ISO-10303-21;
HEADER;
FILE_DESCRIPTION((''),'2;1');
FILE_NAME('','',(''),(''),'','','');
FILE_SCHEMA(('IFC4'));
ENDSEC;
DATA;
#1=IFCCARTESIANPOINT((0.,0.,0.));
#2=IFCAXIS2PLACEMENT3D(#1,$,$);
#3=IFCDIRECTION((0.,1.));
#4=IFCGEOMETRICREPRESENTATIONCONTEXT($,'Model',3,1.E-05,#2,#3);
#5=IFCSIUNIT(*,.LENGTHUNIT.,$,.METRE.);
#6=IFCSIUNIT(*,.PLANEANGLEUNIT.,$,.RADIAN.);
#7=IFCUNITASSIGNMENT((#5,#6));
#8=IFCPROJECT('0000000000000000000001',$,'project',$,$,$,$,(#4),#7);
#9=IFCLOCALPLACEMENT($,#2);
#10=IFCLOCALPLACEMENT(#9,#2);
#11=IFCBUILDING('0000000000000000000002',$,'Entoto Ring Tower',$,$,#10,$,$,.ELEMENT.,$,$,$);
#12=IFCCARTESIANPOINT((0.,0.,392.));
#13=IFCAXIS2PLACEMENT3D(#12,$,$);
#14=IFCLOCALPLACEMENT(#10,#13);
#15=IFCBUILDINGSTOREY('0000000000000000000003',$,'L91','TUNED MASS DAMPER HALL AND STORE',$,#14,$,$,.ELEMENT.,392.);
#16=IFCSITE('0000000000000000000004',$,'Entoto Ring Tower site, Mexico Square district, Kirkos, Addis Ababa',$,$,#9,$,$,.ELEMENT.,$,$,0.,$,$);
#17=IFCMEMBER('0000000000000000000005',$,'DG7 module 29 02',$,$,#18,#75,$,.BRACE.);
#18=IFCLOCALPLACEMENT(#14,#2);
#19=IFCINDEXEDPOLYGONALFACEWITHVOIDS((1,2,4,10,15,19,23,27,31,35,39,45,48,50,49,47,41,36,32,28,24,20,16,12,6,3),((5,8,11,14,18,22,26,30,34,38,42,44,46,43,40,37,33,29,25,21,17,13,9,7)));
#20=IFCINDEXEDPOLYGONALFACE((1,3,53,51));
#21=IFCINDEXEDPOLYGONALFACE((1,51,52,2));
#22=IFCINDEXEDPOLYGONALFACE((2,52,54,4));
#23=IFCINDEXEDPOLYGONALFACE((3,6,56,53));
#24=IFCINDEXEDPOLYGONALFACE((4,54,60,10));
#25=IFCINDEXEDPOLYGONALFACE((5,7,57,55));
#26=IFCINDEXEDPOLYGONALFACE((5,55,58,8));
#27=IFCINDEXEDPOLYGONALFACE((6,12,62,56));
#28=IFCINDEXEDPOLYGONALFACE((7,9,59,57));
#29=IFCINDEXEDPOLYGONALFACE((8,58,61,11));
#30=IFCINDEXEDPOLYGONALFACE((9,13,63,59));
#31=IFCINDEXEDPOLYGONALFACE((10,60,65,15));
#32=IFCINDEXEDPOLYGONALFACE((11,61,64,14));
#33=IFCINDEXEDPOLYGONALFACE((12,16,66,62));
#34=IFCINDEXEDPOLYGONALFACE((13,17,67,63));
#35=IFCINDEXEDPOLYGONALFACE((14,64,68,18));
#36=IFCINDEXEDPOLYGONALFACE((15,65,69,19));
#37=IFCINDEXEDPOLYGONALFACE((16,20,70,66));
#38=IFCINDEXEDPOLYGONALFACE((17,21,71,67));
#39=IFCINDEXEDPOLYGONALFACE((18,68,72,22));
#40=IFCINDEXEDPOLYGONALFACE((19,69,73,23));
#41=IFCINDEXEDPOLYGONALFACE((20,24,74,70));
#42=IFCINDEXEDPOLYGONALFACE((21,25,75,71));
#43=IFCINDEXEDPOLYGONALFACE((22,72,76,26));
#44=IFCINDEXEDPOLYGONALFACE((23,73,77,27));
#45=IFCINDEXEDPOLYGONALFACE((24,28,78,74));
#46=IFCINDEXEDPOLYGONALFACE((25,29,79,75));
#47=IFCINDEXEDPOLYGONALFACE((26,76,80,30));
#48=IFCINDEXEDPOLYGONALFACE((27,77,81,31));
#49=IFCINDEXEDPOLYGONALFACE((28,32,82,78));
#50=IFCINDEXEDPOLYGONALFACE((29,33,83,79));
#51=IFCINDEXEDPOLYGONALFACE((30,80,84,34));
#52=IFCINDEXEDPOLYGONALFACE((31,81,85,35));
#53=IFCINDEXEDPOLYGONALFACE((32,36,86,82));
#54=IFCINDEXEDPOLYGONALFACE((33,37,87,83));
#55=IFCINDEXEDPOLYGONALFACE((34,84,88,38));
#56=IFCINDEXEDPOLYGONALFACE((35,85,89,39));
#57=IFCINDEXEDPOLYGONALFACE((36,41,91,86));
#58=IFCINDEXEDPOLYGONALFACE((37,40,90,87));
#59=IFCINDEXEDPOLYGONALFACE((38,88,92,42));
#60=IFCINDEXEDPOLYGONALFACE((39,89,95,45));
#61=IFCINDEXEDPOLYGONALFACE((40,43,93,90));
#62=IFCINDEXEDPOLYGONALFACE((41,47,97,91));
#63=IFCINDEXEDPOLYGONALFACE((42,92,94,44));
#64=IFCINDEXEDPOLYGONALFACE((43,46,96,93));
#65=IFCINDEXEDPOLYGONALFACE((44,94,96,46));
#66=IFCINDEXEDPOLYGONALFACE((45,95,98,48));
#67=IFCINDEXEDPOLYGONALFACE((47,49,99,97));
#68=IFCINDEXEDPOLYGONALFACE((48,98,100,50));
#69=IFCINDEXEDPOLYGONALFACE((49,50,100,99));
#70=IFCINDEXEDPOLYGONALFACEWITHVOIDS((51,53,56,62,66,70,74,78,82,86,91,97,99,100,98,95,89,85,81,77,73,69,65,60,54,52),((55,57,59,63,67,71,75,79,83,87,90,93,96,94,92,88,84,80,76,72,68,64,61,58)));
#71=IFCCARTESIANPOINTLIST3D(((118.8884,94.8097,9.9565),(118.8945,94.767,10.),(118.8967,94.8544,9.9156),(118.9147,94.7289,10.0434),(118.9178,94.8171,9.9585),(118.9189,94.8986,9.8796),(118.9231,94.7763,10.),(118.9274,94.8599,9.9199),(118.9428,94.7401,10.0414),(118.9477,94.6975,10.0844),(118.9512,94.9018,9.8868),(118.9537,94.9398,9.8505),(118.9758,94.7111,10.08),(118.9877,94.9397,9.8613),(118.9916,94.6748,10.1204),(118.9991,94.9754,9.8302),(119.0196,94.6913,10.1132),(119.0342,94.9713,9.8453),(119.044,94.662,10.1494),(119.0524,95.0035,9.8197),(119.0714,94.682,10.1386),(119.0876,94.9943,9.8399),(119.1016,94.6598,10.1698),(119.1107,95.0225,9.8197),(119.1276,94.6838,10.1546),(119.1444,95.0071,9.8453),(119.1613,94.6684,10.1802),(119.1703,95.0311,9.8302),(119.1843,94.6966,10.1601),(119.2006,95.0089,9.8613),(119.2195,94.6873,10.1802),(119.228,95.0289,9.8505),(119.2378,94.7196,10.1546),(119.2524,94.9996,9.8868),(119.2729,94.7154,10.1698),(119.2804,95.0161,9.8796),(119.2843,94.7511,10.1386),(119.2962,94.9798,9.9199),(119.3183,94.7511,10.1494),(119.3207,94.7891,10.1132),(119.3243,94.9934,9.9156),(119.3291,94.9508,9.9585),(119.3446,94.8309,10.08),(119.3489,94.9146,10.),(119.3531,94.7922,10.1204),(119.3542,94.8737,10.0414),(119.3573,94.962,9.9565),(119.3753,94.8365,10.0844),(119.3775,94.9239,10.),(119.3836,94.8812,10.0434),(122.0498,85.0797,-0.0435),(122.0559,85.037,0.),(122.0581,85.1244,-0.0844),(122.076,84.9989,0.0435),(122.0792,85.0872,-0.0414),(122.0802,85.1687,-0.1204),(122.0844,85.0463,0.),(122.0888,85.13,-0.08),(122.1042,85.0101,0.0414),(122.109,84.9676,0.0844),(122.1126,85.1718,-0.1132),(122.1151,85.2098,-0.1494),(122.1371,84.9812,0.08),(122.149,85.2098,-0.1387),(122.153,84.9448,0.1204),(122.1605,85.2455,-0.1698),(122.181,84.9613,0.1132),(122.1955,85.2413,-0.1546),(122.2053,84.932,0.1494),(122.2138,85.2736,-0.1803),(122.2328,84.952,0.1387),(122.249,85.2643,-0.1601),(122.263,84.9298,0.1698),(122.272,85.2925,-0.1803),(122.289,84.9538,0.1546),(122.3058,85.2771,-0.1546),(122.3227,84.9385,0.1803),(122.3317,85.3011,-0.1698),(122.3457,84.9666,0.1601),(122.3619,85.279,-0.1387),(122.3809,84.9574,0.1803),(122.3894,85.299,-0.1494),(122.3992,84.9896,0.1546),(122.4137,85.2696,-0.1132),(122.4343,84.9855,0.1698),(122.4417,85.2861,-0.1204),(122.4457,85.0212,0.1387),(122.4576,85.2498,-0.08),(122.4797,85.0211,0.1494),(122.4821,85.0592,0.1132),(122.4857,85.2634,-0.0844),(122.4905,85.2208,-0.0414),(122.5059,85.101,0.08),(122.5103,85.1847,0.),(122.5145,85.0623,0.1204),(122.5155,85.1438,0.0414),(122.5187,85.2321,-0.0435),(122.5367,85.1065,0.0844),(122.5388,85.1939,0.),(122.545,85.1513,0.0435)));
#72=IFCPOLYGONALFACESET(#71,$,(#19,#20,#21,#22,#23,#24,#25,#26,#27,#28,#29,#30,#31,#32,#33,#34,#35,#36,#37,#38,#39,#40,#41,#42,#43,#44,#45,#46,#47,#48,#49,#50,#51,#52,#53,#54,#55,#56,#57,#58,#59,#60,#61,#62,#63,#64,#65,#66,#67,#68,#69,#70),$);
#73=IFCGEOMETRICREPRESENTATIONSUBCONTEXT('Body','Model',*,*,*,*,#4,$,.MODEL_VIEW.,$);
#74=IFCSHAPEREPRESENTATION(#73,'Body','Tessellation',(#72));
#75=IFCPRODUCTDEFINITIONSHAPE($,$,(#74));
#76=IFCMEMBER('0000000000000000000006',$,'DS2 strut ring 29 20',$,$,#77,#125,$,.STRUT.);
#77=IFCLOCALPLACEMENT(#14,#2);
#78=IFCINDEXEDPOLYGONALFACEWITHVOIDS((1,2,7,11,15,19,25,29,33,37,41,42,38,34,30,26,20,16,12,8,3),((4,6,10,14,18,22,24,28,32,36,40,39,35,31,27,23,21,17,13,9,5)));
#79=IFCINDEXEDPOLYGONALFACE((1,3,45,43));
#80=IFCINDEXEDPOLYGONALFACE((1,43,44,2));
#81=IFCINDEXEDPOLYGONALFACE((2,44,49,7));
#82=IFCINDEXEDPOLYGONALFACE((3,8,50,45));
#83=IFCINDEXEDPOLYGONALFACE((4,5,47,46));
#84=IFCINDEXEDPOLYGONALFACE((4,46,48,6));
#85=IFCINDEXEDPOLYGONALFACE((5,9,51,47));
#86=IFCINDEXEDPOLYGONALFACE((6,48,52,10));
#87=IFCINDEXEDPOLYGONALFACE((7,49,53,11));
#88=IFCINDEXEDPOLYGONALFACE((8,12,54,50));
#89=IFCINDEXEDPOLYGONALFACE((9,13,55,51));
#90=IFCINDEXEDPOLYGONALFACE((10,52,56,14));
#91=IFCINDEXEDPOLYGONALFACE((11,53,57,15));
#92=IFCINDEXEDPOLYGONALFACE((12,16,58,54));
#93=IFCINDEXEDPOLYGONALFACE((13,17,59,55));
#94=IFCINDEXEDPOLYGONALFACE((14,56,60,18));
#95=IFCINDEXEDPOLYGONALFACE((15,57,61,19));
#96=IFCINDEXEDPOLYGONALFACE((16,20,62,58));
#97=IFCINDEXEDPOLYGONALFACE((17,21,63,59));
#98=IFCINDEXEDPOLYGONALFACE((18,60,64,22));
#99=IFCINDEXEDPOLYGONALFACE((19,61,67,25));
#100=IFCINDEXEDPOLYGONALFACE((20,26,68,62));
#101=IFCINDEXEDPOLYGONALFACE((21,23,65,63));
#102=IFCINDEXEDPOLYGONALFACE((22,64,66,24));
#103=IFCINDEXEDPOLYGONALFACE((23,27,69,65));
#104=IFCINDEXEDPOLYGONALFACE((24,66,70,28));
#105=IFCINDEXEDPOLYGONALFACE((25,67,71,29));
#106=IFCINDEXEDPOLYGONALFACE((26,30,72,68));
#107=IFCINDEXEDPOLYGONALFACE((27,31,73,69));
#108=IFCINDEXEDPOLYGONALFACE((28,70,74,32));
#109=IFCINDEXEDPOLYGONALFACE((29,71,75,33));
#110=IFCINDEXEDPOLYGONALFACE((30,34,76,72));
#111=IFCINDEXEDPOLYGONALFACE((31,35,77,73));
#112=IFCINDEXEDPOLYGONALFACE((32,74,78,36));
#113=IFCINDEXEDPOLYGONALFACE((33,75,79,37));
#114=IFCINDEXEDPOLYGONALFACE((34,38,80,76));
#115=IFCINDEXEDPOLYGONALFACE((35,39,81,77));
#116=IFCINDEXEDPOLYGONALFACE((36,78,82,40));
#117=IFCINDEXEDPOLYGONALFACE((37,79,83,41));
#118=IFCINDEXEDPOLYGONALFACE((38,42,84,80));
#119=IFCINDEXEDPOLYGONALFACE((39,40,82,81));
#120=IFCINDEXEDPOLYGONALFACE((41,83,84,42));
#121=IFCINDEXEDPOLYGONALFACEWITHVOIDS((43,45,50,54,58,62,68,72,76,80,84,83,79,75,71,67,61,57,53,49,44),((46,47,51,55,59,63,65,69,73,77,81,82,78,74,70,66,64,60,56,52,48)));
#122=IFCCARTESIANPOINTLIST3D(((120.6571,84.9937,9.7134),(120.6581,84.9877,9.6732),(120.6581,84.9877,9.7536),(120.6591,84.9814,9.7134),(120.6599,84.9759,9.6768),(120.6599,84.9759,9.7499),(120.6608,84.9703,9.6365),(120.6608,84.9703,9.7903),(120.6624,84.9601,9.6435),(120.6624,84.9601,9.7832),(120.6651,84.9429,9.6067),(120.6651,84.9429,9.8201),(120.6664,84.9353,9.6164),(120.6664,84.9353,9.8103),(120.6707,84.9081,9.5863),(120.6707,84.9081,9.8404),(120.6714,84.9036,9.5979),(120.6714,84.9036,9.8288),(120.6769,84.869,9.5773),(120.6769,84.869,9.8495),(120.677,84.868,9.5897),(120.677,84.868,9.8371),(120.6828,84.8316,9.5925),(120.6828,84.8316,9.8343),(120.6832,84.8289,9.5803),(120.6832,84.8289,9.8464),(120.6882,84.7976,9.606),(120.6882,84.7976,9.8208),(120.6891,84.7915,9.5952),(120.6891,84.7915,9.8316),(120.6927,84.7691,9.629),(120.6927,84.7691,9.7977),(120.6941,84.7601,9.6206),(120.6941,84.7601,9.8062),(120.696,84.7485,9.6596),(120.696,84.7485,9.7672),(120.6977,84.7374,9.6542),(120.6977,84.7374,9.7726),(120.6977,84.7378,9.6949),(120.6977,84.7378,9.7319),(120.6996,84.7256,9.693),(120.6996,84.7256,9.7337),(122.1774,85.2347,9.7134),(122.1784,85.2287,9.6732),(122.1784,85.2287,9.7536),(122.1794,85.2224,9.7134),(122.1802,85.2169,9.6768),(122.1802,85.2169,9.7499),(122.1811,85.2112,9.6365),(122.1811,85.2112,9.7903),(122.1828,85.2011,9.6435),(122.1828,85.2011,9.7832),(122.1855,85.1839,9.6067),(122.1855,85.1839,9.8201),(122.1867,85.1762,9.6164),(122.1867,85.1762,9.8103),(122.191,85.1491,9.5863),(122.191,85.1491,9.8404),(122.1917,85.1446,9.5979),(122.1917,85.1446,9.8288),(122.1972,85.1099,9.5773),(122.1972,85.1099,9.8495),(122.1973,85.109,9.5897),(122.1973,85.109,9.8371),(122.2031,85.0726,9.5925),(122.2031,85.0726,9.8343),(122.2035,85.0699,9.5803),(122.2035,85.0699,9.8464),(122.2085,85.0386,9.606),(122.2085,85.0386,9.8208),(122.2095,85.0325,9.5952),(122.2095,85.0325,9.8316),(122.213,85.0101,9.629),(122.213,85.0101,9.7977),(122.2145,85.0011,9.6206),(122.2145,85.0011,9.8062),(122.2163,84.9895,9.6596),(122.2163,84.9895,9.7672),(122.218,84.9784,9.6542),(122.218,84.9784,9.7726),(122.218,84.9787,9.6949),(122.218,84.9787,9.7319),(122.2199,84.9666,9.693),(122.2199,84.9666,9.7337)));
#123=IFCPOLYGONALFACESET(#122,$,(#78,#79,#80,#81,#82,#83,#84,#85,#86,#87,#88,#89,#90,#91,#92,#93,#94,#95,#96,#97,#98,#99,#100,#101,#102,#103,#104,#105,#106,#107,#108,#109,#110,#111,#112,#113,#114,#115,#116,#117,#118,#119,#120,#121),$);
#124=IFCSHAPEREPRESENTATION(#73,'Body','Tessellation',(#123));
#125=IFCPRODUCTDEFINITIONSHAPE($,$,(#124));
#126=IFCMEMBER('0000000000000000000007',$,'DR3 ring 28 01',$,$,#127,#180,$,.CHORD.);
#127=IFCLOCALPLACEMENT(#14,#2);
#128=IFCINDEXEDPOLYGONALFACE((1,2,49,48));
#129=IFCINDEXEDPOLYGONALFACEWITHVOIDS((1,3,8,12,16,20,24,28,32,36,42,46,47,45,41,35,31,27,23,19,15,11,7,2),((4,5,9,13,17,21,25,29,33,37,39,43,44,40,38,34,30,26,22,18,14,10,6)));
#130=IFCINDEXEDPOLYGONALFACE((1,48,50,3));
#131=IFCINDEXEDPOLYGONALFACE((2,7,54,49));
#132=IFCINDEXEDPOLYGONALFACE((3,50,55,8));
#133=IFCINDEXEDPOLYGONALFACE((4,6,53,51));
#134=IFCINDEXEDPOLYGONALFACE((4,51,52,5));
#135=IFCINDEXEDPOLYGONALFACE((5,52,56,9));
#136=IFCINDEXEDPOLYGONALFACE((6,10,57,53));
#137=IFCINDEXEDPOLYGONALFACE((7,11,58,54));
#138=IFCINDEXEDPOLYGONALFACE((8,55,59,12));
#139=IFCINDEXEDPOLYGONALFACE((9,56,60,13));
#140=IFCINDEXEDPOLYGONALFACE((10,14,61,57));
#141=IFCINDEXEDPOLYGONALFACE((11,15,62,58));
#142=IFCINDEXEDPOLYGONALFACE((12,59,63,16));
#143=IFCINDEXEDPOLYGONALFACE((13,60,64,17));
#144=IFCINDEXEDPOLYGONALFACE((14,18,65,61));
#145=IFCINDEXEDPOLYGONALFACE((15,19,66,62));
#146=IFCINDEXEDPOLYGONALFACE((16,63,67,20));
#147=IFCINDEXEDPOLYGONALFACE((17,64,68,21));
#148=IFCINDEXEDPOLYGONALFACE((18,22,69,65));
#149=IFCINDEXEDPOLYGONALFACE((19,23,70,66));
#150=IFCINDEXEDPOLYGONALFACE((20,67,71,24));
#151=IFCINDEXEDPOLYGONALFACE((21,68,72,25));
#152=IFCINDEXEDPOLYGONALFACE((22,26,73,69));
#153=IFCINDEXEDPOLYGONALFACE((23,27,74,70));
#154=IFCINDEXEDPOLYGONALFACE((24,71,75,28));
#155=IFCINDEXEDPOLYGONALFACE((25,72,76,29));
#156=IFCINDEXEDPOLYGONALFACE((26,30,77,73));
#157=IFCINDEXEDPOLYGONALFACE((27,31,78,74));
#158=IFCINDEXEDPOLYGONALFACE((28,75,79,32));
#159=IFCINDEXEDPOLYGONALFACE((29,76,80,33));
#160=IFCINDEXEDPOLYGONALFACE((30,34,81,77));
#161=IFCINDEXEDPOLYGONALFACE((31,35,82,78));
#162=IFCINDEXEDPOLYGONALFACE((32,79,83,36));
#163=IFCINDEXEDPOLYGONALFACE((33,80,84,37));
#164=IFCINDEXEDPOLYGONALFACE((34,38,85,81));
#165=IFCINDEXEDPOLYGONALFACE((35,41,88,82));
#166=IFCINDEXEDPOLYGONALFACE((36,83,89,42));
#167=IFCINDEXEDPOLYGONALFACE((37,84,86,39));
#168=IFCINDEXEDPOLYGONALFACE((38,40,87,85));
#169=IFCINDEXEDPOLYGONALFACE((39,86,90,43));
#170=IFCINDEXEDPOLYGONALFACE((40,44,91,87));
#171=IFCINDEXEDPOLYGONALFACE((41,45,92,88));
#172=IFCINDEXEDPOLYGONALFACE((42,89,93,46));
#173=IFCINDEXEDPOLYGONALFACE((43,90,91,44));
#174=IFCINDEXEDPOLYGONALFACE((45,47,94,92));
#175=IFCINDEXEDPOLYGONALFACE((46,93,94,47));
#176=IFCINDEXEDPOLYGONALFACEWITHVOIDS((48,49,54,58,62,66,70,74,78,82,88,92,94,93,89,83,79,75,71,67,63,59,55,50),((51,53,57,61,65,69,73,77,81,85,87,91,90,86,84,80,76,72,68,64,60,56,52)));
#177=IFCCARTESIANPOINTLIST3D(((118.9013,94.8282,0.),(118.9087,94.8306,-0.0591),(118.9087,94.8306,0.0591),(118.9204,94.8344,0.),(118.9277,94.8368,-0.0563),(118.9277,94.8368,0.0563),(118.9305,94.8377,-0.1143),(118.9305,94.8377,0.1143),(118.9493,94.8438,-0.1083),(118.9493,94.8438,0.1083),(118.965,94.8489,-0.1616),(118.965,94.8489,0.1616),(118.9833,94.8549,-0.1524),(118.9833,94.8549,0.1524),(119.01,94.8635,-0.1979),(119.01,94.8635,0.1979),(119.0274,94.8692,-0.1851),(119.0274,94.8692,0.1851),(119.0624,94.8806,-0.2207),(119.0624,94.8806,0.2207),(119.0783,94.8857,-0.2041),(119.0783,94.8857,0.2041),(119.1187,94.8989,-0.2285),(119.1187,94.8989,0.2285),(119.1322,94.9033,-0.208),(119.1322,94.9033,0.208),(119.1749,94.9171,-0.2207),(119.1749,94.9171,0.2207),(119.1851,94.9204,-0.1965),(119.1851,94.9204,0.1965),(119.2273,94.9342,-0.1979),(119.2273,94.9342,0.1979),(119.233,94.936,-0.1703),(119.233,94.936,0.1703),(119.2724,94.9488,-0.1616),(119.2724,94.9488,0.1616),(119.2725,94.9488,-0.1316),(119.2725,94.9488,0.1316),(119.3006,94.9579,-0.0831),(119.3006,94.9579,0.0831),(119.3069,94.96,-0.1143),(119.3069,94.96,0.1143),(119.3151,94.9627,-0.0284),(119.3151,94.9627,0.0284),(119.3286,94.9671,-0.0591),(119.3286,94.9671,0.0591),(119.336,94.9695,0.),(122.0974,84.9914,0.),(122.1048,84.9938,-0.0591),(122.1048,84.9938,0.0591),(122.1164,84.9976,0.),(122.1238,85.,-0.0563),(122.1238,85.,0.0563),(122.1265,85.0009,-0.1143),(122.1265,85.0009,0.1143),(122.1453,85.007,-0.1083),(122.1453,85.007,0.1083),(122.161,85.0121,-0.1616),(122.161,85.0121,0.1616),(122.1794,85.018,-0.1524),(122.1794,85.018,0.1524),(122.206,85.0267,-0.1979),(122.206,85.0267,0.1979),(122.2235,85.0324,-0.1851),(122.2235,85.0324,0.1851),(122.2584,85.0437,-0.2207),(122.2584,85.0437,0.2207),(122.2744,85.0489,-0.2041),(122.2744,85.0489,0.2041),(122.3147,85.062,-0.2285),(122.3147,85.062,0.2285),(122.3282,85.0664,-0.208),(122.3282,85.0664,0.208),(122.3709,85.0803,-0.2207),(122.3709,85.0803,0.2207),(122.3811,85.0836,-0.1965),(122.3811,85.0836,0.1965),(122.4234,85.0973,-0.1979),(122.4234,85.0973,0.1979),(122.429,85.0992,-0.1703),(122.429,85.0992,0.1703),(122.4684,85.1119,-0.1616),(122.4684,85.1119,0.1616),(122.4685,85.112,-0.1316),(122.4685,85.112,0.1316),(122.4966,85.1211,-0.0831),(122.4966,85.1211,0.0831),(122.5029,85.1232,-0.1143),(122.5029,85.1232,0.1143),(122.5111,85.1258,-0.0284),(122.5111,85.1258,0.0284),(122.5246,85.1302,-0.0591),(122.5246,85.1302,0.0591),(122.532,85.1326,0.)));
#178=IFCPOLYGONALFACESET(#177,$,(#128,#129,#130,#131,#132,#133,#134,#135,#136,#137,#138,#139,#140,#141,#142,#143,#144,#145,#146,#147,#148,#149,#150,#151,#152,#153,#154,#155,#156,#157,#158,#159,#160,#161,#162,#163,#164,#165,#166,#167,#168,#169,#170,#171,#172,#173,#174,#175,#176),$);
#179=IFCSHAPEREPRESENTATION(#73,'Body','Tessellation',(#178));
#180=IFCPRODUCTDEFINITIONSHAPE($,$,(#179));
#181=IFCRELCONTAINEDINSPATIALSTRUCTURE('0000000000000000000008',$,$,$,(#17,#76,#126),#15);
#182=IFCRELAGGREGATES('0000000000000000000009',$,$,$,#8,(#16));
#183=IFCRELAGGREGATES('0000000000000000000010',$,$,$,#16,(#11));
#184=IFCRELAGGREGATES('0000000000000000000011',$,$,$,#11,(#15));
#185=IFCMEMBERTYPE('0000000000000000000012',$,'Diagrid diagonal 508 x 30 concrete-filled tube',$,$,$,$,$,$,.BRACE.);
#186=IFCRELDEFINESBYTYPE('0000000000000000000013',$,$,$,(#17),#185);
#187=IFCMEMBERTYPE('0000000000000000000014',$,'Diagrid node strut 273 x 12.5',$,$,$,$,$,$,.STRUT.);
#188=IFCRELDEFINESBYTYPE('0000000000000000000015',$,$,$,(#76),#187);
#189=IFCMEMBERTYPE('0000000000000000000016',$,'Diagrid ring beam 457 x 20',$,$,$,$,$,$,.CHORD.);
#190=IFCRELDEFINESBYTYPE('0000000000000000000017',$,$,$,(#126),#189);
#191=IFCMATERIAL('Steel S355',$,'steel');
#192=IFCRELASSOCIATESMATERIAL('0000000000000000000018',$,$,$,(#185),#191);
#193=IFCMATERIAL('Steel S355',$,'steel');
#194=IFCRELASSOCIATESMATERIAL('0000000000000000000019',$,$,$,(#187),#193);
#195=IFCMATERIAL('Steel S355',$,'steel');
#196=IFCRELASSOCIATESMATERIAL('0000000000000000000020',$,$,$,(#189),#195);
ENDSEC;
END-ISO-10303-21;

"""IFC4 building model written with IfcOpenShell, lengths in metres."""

from ifc_helpers import new_model, si_unit, direction, frame, origin, origin_2d, place, context, subcontext, project, spatial, circle, hollow_circle, extrude, material, material_profile, profile_set, type_object, element, save


model = new_model("IFC4")

# Units and contexts
model_context = context("Model", 3, precision=1e-05, world=origin(), true_north=direction((0.0, 1.0)))
body_context = subcontext(model_context, "Body", "Model", "MODEL_VIEW")
ifc_project = project(units=[si_unit("LENGTHUNIT", "METRE"), si_unit("PLANEANGLEUNIT", "RADIAN")], contexts=[model_context])

# Site, building, storey
site_placement = place(None, origin())
site = spatial("IfcSite", under=ifc_project, at=site_placement, Name="Entoto Ring Tower site, Mexico Square district, Kirkos, Addis Ababa", CompositionType="ELEMENT", RefElevation=0.0)
building_placement = place(site_placement, origin())
building = spatial("IfcBuilding", under=site, at=building_placement, Name="Entoto Ring Tower", CompositionType="ELEMENT")
storey_placement = place(building_placement, frame((0.0, 0.0, 392.0)))
storey = spatial("IfcBuildingStorey", under=building, at=storey_placement, Name="L91", Description="TUNED MASS DAMPER HALL AND STORE", CompositionType="ELEMENT", Elevation=392.0)

# Members
ifc_material_1 = material(Name="Steel S355", Category="steel")
ifc_material_profile_1 = material_profile(ifc_material_1, hollow_circle(Radius=0.2539, WallThickness=0.03, at=origin_2d()), Name="CHS 508 x 30")
ifc_material_2 = material(Name="Concrete C60/75", Category="concrete")
ifc_material_profile_2 = material_profile(ifc_material_2, circle(Radius=0.2241, at=origin_2d()), Name="Concrete C60/75 infill")
ifc_profile_set_1 = profile_set([ifc_material_profile_1, ifc_material_profile_2], Name="Steel S355")
member_type_1 = type_object("IfcMemberType", Name="Diagrid diagonal 508 x 30 concrete-filled tube", PredefinedType="BRACE", material=ifc_profile_set_1)
member_1_placement = place(storey_placement, frame((122.2974, 85.1155, 0.0), z_axis=(-0.22098, 0.680124, 0.698999), x_axis=(-0.951059, -0.309009, 0.0)))
element("IfcMember", 1, at=member_1_placement, inside=storey, type_object=member_type_1, Name="DG7 module 29 02", PredefinedType="BRACE", context=body_context, shape_type="SweptSolid", body=[
    extrude(hollow_circle(Radius=0.2539, WallThickness=0.03, at=origin_2d()), origin(), (0.0, 0.0, 1.0), 14.3062),
])
ifc_material_3 = material(Name="Steel S355", Category="steel")
ifc_material_profile_3 = material_profile(ifc_material_3, hollow_circle(Radius=0.1365, WallThickness=0.0125, at=origin_2d()), Name="CHS 273 x 12.5")
ifc_material_4 = material(Name="Concrete C60/75", Category="concrete")
ifc_material_profile_4 = material_profile(ifc_material_4, circle(Radius=0.124, at=origin_2d()), Name="Concrete C60/75 infill")
ifc_profile_set_2 = profile_set([ifc_material_profile_3, ifc_material_profile_4], Name="Steel S355")
member_type_2 = type_object("IfcMemberType", Name="Diagrid node strut 273 x 12.5", PredefinedType="STRUT", material=ifc_profile_set_2)
member_2_placement = place(storey_placement, frame((120.6785, 84.8589, 9.7134), z_axis=(0.98767, 0.156549, 0.0), x_axis=(-0.156549, 0.98767, 0.0)))
element("IfcMember", 2, at=member_2_placement, inside=storey, type_object=member_type_2, Name="DS2 strut ring 29 20", PredefinedType="STRUT", context=body_context, shape_type="SweptSolid", body=[
    extrude(hollow_circle(Radius=0.1365, WallThickness=0.0125, at=origin_2d()), origin(), (0.0, 0.0, 1.0), 1.5393),
])
ifc_material_5 = material(Name="Steel S355", Category="steel")
ifc_material_profile_5 = material_profile(ifc_material_5, hollow_circle(Radius=0.2285, WallThickness=0.02, at=origin_2d()), Name="CHS 457 x 20")
ifc_material_6 = material(Name="Concrete C60/75", Category="concrete")
ifc_material_profile_6 = material_profile(ifc_material_6, circle(Radius=0.2085, at=origin_2d()), Name="Concrete C60/75 infill")
ifc_profile_set_3 = profile_set([ifc_material_profile_5, ifc_material_profile_6], Name="Steel S355")
member_type_3 = type_object("IfcMemberType", Name="Diagrid ring beam 457 x 20", PredefinedType="CHORD", material=ifc_profile_set_3)
member_3_placement = place(storey_placement, frame((122.3147, 85.062, 0.0), z_axis=(-0.309003, 0.951061, 0.0), x_axis=(-0.951061, -0.309003, 0.0)))
element("IfcMember", 3, at=member_3_placement, inside=storey, type_object=member_type_3, Name="DR3 ring 28 01", PredefinedType="CHORD", context=body_context, shape_type="SweptSolid", body=[
    extrude(hollow_circle(Radius=0.2285, WallThickness=0.02, at=origin_2d()), origin(), (0.0, 0.0, 1.0), 10.343),
])

save(model, "model.ifc")
